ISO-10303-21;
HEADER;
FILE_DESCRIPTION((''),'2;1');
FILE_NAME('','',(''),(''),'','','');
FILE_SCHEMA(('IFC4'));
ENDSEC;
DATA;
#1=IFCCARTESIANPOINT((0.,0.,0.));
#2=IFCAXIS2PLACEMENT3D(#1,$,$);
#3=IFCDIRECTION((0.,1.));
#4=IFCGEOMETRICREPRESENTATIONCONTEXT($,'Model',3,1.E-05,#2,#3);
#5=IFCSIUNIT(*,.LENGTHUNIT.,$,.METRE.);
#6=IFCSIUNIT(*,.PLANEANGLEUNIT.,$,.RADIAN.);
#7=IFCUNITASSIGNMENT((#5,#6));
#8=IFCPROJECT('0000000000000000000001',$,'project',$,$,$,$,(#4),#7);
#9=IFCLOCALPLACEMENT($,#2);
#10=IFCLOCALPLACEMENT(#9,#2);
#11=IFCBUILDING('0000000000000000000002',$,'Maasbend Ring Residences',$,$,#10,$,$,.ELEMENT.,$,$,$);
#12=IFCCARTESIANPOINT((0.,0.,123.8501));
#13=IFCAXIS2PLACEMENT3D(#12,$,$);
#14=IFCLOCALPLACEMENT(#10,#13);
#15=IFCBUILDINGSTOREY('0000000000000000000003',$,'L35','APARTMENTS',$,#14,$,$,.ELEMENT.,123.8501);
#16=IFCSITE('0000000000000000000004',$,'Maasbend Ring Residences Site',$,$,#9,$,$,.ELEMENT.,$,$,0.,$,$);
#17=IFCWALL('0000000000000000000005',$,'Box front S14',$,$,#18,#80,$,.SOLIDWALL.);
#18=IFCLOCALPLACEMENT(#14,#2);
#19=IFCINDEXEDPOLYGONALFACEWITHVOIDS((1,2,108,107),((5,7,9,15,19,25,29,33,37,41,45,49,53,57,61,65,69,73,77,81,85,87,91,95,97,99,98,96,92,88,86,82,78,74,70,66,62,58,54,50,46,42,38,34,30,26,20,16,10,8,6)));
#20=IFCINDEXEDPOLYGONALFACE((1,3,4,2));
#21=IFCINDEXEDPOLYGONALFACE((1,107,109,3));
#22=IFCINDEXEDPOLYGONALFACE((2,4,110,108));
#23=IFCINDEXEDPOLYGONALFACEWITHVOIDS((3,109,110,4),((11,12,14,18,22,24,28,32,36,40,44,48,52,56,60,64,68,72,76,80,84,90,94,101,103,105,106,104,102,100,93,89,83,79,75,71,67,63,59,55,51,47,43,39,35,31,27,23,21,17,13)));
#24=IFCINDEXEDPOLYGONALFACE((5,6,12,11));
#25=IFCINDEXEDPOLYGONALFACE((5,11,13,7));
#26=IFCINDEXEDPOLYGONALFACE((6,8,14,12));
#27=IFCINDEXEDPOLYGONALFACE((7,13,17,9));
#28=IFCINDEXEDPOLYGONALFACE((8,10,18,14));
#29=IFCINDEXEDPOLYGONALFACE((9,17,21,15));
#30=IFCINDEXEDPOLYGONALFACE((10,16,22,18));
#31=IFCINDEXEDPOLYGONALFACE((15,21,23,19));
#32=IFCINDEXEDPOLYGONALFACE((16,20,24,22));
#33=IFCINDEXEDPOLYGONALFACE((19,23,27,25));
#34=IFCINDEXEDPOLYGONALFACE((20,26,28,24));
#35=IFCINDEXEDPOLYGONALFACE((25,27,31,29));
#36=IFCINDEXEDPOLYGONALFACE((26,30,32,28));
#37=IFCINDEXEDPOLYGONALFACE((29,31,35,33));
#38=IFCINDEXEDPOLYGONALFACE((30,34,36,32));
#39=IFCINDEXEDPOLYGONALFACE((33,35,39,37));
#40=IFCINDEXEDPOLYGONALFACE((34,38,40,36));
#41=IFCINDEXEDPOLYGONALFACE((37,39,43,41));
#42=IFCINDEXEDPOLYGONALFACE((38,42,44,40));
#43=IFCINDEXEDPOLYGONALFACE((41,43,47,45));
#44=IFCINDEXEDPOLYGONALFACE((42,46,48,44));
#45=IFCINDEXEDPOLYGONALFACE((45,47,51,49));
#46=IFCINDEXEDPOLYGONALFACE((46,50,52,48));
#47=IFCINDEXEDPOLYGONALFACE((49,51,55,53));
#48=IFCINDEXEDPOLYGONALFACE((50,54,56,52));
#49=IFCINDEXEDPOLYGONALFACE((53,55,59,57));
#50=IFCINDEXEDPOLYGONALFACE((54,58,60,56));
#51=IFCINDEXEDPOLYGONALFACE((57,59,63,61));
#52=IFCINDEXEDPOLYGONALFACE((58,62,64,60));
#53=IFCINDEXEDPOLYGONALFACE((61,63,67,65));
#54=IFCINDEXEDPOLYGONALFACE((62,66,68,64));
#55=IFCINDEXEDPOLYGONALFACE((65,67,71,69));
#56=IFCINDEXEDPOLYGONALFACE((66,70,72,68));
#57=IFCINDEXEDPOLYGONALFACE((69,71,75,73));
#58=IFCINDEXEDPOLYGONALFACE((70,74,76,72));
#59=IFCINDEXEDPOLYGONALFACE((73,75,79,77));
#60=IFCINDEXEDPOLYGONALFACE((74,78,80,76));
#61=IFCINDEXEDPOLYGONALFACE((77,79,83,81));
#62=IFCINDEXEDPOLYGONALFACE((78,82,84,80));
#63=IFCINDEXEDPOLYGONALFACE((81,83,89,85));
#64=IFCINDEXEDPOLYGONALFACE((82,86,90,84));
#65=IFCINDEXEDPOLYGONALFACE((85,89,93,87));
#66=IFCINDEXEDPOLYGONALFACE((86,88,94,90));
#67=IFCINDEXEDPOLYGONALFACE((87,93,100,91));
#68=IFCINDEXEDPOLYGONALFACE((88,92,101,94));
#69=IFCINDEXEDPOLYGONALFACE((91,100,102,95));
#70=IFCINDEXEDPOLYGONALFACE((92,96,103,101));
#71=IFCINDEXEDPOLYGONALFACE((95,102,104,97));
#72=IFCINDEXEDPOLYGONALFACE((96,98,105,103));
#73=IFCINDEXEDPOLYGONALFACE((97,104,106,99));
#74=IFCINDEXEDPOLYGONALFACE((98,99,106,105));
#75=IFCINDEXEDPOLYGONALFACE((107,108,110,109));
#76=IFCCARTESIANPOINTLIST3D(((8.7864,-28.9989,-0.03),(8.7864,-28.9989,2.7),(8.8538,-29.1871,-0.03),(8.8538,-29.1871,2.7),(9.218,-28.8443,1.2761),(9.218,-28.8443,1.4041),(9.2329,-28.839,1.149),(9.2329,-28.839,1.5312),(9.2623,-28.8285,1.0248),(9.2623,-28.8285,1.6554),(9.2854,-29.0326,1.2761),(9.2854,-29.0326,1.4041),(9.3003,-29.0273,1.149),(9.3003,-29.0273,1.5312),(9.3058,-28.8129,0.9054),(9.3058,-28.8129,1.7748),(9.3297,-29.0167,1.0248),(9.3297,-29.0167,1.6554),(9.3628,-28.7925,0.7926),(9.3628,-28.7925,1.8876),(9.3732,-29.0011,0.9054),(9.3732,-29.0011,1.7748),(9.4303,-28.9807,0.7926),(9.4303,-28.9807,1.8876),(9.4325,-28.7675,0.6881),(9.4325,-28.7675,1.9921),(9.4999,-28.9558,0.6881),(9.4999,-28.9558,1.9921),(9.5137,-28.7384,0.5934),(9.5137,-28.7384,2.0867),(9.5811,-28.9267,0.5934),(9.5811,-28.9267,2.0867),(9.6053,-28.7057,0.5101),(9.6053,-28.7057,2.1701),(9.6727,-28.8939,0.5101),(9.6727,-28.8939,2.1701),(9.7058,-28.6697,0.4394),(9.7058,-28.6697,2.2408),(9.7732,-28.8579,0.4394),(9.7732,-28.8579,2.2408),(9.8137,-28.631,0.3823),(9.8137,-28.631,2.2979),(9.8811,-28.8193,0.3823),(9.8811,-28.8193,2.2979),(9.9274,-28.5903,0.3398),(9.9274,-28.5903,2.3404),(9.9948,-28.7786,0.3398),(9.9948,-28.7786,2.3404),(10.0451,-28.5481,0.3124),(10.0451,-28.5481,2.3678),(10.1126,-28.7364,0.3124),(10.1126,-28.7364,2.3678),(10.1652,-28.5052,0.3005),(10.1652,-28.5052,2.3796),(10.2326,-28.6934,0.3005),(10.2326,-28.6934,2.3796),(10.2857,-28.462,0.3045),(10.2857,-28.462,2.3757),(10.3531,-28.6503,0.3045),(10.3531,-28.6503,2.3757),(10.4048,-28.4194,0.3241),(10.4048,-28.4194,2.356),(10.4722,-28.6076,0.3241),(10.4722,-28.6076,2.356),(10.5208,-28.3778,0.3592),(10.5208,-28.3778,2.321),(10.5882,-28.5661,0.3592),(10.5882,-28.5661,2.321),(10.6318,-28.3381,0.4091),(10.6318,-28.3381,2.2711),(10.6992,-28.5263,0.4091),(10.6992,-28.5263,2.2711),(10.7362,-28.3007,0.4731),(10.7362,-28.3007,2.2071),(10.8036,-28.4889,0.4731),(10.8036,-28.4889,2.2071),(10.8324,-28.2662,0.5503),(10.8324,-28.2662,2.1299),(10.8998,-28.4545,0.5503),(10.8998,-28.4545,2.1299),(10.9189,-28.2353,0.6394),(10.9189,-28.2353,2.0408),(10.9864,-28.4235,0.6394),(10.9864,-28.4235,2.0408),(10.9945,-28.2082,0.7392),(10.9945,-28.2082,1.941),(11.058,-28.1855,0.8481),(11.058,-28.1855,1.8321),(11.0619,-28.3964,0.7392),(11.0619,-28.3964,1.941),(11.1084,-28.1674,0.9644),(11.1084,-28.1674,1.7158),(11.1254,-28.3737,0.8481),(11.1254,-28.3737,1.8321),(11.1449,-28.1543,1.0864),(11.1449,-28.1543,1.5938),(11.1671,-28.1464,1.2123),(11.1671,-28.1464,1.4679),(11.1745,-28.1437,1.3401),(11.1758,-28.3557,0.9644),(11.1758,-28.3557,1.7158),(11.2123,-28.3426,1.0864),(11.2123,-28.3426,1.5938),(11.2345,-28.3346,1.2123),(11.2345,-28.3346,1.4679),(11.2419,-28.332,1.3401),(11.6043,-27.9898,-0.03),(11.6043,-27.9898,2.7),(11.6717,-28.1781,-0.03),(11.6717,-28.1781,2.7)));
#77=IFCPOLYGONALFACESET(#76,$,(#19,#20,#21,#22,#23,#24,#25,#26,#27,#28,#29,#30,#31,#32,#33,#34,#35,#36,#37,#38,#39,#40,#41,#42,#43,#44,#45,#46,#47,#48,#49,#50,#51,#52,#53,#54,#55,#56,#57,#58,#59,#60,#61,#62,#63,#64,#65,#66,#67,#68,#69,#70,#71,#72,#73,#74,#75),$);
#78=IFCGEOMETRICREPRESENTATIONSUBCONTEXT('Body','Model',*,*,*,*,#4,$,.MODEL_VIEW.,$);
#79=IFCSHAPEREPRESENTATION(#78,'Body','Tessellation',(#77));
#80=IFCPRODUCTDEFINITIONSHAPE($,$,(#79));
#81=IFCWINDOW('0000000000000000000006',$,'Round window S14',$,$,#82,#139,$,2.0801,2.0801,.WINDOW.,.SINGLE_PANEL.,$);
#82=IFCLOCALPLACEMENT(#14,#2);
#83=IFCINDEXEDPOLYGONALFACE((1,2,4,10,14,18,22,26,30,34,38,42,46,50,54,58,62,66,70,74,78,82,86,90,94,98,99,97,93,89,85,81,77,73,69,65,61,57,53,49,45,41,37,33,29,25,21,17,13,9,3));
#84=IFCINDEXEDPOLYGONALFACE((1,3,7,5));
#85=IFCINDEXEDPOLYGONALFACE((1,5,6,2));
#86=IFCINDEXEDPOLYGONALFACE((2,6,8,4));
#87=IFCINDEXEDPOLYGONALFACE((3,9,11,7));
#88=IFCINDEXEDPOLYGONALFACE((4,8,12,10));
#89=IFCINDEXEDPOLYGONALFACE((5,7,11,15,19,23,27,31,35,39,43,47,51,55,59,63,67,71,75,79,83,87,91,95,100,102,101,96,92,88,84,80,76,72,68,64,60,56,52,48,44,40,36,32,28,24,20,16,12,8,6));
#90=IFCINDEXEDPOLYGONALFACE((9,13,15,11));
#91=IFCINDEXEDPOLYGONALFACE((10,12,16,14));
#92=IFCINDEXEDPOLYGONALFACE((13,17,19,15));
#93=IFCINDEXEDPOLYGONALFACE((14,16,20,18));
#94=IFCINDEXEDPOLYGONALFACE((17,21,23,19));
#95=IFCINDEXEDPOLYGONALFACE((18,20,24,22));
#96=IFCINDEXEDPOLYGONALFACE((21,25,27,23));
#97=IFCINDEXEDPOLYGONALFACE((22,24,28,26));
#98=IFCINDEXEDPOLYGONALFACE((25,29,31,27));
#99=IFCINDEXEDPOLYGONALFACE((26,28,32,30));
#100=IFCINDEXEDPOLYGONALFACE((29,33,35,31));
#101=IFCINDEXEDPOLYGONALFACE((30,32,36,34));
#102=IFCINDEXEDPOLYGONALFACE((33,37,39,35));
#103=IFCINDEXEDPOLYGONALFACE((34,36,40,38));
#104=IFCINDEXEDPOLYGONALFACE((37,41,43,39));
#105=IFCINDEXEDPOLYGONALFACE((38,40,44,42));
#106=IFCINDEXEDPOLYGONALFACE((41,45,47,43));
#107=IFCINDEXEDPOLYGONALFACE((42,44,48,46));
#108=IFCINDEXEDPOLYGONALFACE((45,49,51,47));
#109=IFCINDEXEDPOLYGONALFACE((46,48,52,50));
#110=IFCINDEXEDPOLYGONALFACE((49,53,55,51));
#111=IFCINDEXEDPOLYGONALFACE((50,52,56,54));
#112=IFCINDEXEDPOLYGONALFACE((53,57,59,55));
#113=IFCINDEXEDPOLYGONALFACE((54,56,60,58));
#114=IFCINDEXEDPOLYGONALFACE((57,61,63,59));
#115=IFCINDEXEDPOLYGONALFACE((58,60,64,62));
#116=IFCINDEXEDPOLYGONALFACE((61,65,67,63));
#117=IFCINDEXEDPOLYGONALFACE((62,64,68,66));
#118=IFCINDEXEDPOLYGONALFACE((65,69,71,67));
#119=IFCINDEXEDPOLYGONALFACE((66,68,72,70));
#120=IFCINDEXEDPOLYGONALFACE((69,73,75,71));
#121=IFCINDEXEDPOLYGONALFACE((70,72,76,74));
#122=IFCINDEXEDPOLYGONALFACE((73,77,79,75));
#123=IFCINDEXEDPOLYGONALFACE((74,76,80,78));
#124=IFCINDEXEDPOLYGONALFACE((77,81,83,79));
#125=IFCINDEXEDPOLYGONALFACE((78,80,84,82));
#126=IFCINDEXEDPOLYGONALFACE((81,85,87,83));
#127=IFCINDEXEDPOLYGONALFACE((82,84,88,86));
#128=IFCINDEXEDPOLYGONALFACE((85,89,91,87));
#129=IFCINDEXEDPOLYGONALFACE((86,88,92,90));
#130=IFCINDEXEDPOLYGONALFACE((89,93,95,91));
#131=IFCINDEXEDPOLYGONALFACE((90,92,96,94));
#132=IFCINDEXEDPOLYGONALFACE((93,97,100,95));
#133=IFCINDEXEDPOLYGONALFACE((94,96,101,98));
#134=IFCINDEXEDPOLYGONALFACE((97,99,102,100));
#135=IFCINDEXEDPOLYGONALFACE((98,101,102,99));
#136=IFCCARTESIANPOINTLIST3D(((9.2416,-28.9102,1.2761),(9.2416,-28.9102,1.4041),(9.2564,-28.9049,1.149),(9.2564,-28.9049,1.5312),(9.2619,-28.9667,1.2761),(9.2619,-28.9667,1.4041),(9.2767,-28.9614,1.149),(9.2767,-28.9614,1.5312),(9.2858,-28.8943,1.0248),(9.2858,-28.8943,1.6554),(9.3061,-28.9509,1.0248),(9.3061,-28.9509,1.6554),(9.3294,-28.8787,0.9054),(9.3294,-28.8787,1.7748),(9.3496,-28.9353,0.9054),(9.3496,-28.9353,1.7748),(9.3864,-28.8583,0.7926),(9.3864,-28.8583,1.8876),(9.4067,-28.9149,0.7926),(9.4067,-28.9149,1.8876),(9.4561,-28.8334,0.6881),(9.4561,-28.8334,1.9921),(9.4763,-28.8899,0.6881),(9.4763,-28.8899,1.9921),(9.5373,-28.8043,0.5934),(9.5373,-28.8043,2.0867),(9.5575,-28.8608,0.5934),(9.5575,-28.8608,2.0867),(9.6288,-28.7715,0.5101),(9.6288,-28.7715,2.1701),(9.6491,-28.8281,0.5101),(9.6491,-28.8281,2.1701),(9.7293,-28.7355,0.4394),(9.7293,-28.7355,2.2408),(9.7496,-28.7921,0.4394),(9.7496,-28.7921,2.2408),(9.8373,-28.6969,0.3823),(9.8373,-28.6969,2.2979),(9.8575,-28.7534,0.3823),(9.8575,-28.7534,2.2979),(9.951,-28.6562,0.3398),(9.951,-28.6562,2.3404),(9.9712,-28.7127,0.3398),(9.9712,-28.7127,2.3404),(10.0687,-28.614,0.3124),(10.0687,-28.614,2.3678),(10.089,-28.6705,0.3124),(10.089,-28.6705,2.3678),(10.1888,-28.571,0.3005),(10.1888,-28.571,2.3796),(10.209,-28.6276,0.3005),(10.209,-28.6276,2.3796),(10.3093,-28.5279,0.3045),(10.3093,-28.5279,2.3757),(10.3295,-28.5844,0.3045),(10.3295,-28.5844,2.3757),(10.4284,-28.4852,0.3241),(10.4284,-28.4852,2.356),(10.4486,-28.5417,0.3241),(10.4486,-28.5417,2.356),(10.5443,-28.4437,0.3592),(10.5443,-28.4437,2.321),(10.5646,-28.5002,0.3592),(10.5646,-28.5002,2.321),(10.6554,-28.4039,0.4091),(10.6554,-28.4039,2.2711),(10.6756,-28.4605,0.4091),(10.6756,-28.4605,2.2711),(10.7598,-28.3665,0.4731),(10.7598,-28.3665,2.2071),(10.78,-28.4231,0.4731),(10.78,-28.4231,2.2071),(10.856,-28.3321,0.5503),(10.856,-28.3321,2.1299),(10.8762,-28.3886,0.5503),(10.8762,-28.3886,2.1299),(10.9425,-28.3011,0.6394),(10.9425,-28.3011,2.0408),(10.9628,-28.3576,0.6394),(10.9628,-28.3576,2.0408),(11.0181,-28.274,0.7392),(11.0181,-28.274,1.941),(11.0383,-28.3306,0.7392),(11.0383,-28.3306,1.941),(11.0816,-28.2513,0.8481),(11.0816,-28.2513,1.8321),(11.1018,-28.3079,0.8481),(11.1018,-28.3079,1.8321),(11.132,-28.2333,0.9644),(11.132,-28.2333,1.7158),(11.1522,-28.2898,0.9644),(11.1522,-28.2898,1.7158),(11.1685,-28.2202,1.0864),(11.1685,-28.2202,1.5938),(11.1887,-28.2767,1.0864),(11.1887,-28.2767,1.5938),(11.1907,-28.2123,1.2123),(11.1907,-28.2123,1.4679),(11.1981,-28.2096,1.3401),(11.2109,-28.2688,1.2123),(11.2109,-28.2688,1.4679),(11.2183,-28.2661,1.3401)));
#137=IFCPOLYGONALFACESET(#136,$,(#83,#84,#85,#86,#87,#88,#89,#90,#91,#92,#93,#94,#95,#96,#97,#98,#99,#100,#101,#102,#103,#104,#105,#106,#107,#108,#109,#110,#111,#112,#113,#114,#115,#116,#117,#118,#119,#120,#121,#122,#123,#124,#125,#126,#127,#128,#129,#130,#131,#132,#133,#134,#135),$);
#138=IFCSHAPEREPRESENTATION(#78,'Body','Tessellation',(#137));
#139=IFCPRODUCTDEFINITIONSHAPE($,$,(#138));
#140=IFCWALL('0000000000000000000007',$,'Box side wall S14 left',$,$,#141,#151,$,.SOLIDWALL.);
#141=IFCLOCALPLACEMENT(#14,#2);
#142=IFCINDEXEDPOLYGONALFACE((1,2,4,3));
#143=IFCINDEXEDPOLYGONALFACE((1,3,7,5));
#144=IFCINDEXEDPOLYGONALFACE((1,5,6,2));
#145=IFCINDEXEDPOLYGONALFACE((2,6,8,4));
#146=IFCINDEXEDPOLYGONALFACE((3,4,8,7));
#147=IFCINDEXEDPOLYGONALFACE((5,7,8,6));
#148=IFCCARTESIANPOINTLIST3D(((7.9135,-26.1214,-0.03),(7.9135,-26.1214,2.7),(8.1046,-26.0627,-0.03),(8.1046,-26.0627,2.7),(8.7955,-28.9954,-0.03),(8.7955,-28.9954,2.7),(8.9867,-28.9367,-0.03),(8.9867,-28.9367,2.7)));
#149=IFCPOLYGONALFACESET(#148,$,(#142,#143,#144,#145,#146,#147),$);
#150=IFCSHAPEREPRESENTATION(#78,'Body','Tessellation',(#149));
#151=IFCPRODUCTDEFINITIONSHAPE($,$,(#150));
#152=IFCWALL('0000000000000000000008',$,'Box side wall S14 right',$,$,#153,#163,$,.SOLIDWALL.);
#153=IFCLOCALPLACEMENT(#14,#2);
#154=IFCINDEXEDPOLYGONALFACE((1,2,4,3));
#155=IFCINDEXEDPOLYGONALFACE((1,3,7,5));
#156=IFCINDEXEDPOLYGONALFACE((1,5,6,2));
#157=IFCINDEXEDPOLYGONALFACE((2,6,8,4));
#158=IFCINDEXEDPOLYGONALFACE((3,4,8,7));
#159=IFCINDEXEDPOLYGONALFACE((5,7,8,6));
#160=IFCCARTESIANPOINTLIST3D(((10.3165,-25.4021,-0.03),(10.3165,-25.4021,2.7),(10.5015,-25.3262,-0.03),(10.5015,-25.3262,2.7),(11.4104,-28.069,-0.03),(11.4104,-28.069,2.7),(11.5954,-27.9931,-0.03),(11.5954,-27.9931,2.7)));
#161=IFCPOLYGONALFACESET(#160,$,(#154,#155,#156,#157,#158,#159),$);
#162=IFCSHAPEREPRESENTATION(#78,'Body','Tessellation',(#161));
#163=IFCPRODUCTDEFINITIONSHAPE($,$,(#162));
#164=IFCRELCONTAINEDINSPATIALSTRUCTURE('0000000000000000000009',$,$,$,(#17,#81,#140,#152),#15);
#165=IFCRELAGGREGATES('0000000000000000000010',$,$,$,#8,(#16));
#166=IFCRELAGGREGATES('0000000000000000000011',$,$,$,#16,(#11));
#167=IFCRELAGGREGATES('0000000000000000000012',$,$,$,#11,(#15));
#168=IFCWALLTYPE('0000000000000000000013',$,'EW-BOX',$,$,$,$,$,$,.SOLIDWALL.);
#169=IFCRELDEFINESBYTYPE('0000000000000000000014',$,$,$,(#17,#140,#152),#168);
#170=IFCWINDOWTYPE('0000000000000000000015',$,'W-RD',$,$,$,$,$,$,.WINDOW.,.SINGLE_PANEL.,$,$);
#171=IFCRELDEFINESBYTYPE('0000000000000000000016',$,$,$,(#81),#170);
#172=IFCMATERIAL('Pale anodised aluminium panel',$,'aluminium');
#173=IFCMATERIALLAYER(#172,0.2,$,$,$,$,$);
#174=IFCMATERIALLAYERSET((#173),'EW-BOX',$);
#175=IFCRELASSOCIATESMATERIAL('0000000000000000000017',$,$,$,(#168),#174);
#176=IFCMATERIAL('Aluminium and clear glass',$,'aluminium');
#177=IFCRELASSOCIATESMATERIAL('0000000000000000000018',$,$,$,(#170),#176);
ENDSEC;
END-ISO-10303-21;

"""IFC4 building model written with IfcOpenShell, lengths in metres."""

from ifc_helpers import new_model, si_unit, direction, frame, frame_2d, origin, place, context, subcontext, project, spatial, rectangle, circle, extrude, material, layer, layer_set, type_object, element, fill, save


model = new_model("IFC4")

# Units and contexts
model_context = context("Model", 3, precision=1e-05, world=origin(), true_north=direction((0.0, 1.0)))
body_context = subcontext(model_context, "Body", "Model", "MODEL_VIEW")
ifc_project = project(units=[si_unit("LENGTHUNIT", "METRE"), si_unit("PLANEANGLEUNIT", "RADIAN")], contexts=[model_context])

# Site, building, storey
site_placement = place(None, origin())
site = spatial("IfcSite", under=ifc_project, at=site_placement, Name="Maasbend Ring Residences Site", CompositionType="ELEMENT", RefElevation=0.0)
building_placement = place(site_placement, origin())
building = spatial("IfcBuilding", under=site, at=building_placement, Name="Maasbend Ring Residences", CompositionType="ELEMENT")
storey_placement = place(building_placement, frame((0.0, 0.0, 123.8501)))
storey = spatial("IfcBuildingStorey", under=building, at=storey_placement, Name="L35", Description="APARTMENTS", CompositionType="ELEMENT", Elevation=123.8501)

# Shared definitions
ifc_material_1 = material(Name="Pale anodised aluminium panel", Category="aluminium")
ifc_layer_1 = layer(ifc_material_1, 0.2)
ifc_layer_set_1 = layer_set([ifc_layer_1], Name="EW-BOX")
wall_type_1 = type_object("IfcWallType", Name="EW-BOX", PredefinedType="SOLIDWALL", material=ifc_layer_set_1)
ifc_material_2 = material(Name="Aluminium and clear glass", Category="aluminium")
window_type_1 = type_object("IfcWindowType", Name="W-RD", PartitioningType="SINGLE_PANEL", PredefinedType="WINDOW", material=ifc_material_2)

# Wall, opening, window
wall_1_placement = place(storey_placement, frame((8.8201, -29.093, -0.03), z_axis=(0.0, 0.0, 1.0), x_axis=(0.941461, 0.337122, 0.0)))
wall_1 = element("IfcWall", 1, at=wall_1_placement, inside=storey, type_object=wall_type_1, Name="Box front S14", PredefinedType="SOLIDWALL", context=body_context, shape_type="SweptSolid", body=[
    extrude(rectangle(XDim=2.9932, YDim=0.2, at=frame_2d((1.4966, 0.0))), origin(), (0.0, 0.0, 1.0), 2.73),
])
opening_1_placement = place(wall_1_placement, frame((0.4565, 0.0, 0.3301)))
opening_1 = element("IfcOpeningElement", 2, at=opening_1_placement, cuts=wall_1, PredefinedType="OPENING", context=body_context, shape_type="SweptSolid", body=[
    extrude(circle(Radius=1.04, at=frame_2d((1.04, 1.04))), frame((0.0, 0.1099, 0.0), z_axis=(0.0, -1.0, 0.0), x_axis=(1.0, 0.0, 0.0)), (0.0, 0.0, 1.0), 0.22),
])
window_1_placement = place(opening_1_placement, origin())
window_1 = element("IfcWindow", 3, at=window_1_placement, inside=storey, type_object=window_type_1, Name="Round window S14", OverallHeight=2.0801, OverallWidth=2.0801, PartitioningType="SINGLE_PANEL", PredefinedType="WINDOW", context=body_context, shape_type="SweptSolid", body=[
    extrude(circle(Radius=1.04, at=frame_2d((1.04, 1.04))), frame((0.0, 0.03, 0.0), z_axis=(0.0, -1.0, 0.0), x_axis=(1.0, 0.0, 0.0)), (0.0, 0.0, 1.0), 0.0601),
])
fill(opening_1, window_1)

# Walls
wall_2_placement = place(storey_placement, frame((8.009, -26.092, -0.03), z_axis=(0.0, 0.0, 1.0), x_axis=(0.293407, -0.955988, 0.0)))
element("IfcWall", 4, at=wall_2_placement, inside=storey, type_object=wall_type_1, Name="Box side wall S14 left", PredefinedType="SOLIDWALL", context=body_context, shape_type="SweptSolid", body=[
    extrude(rectangle(XDim=3.0063, YDim=0.2, at=frame_2d((1.5032, 0.0))), origin(), (0.0, 0.0, 1.0), 2.73),
])
wall_3_placement = place(storey_placement, frame((10.4089, -25.364, -0.03), z_axis=(0.0, 0.0, 1.0), x_axis=(0.37951, -0.925188, 0.0)))
element("IfcWall", 5, at=wall_3_placement, inside=storey, type_object=wall_type_1, Name="Box side wall S14 right", PredefinedType="SOLIDWALL", context=body_context, shape_type="SweptSolid", body=[
    extrude(rectangle(XDim=2.8826, YDim=0.2, at=frame_2d((1.4414, 0.0))), origin(), (0.0, 0.0, 1.0), 2.73),
])

save(model, "model.ifc")
